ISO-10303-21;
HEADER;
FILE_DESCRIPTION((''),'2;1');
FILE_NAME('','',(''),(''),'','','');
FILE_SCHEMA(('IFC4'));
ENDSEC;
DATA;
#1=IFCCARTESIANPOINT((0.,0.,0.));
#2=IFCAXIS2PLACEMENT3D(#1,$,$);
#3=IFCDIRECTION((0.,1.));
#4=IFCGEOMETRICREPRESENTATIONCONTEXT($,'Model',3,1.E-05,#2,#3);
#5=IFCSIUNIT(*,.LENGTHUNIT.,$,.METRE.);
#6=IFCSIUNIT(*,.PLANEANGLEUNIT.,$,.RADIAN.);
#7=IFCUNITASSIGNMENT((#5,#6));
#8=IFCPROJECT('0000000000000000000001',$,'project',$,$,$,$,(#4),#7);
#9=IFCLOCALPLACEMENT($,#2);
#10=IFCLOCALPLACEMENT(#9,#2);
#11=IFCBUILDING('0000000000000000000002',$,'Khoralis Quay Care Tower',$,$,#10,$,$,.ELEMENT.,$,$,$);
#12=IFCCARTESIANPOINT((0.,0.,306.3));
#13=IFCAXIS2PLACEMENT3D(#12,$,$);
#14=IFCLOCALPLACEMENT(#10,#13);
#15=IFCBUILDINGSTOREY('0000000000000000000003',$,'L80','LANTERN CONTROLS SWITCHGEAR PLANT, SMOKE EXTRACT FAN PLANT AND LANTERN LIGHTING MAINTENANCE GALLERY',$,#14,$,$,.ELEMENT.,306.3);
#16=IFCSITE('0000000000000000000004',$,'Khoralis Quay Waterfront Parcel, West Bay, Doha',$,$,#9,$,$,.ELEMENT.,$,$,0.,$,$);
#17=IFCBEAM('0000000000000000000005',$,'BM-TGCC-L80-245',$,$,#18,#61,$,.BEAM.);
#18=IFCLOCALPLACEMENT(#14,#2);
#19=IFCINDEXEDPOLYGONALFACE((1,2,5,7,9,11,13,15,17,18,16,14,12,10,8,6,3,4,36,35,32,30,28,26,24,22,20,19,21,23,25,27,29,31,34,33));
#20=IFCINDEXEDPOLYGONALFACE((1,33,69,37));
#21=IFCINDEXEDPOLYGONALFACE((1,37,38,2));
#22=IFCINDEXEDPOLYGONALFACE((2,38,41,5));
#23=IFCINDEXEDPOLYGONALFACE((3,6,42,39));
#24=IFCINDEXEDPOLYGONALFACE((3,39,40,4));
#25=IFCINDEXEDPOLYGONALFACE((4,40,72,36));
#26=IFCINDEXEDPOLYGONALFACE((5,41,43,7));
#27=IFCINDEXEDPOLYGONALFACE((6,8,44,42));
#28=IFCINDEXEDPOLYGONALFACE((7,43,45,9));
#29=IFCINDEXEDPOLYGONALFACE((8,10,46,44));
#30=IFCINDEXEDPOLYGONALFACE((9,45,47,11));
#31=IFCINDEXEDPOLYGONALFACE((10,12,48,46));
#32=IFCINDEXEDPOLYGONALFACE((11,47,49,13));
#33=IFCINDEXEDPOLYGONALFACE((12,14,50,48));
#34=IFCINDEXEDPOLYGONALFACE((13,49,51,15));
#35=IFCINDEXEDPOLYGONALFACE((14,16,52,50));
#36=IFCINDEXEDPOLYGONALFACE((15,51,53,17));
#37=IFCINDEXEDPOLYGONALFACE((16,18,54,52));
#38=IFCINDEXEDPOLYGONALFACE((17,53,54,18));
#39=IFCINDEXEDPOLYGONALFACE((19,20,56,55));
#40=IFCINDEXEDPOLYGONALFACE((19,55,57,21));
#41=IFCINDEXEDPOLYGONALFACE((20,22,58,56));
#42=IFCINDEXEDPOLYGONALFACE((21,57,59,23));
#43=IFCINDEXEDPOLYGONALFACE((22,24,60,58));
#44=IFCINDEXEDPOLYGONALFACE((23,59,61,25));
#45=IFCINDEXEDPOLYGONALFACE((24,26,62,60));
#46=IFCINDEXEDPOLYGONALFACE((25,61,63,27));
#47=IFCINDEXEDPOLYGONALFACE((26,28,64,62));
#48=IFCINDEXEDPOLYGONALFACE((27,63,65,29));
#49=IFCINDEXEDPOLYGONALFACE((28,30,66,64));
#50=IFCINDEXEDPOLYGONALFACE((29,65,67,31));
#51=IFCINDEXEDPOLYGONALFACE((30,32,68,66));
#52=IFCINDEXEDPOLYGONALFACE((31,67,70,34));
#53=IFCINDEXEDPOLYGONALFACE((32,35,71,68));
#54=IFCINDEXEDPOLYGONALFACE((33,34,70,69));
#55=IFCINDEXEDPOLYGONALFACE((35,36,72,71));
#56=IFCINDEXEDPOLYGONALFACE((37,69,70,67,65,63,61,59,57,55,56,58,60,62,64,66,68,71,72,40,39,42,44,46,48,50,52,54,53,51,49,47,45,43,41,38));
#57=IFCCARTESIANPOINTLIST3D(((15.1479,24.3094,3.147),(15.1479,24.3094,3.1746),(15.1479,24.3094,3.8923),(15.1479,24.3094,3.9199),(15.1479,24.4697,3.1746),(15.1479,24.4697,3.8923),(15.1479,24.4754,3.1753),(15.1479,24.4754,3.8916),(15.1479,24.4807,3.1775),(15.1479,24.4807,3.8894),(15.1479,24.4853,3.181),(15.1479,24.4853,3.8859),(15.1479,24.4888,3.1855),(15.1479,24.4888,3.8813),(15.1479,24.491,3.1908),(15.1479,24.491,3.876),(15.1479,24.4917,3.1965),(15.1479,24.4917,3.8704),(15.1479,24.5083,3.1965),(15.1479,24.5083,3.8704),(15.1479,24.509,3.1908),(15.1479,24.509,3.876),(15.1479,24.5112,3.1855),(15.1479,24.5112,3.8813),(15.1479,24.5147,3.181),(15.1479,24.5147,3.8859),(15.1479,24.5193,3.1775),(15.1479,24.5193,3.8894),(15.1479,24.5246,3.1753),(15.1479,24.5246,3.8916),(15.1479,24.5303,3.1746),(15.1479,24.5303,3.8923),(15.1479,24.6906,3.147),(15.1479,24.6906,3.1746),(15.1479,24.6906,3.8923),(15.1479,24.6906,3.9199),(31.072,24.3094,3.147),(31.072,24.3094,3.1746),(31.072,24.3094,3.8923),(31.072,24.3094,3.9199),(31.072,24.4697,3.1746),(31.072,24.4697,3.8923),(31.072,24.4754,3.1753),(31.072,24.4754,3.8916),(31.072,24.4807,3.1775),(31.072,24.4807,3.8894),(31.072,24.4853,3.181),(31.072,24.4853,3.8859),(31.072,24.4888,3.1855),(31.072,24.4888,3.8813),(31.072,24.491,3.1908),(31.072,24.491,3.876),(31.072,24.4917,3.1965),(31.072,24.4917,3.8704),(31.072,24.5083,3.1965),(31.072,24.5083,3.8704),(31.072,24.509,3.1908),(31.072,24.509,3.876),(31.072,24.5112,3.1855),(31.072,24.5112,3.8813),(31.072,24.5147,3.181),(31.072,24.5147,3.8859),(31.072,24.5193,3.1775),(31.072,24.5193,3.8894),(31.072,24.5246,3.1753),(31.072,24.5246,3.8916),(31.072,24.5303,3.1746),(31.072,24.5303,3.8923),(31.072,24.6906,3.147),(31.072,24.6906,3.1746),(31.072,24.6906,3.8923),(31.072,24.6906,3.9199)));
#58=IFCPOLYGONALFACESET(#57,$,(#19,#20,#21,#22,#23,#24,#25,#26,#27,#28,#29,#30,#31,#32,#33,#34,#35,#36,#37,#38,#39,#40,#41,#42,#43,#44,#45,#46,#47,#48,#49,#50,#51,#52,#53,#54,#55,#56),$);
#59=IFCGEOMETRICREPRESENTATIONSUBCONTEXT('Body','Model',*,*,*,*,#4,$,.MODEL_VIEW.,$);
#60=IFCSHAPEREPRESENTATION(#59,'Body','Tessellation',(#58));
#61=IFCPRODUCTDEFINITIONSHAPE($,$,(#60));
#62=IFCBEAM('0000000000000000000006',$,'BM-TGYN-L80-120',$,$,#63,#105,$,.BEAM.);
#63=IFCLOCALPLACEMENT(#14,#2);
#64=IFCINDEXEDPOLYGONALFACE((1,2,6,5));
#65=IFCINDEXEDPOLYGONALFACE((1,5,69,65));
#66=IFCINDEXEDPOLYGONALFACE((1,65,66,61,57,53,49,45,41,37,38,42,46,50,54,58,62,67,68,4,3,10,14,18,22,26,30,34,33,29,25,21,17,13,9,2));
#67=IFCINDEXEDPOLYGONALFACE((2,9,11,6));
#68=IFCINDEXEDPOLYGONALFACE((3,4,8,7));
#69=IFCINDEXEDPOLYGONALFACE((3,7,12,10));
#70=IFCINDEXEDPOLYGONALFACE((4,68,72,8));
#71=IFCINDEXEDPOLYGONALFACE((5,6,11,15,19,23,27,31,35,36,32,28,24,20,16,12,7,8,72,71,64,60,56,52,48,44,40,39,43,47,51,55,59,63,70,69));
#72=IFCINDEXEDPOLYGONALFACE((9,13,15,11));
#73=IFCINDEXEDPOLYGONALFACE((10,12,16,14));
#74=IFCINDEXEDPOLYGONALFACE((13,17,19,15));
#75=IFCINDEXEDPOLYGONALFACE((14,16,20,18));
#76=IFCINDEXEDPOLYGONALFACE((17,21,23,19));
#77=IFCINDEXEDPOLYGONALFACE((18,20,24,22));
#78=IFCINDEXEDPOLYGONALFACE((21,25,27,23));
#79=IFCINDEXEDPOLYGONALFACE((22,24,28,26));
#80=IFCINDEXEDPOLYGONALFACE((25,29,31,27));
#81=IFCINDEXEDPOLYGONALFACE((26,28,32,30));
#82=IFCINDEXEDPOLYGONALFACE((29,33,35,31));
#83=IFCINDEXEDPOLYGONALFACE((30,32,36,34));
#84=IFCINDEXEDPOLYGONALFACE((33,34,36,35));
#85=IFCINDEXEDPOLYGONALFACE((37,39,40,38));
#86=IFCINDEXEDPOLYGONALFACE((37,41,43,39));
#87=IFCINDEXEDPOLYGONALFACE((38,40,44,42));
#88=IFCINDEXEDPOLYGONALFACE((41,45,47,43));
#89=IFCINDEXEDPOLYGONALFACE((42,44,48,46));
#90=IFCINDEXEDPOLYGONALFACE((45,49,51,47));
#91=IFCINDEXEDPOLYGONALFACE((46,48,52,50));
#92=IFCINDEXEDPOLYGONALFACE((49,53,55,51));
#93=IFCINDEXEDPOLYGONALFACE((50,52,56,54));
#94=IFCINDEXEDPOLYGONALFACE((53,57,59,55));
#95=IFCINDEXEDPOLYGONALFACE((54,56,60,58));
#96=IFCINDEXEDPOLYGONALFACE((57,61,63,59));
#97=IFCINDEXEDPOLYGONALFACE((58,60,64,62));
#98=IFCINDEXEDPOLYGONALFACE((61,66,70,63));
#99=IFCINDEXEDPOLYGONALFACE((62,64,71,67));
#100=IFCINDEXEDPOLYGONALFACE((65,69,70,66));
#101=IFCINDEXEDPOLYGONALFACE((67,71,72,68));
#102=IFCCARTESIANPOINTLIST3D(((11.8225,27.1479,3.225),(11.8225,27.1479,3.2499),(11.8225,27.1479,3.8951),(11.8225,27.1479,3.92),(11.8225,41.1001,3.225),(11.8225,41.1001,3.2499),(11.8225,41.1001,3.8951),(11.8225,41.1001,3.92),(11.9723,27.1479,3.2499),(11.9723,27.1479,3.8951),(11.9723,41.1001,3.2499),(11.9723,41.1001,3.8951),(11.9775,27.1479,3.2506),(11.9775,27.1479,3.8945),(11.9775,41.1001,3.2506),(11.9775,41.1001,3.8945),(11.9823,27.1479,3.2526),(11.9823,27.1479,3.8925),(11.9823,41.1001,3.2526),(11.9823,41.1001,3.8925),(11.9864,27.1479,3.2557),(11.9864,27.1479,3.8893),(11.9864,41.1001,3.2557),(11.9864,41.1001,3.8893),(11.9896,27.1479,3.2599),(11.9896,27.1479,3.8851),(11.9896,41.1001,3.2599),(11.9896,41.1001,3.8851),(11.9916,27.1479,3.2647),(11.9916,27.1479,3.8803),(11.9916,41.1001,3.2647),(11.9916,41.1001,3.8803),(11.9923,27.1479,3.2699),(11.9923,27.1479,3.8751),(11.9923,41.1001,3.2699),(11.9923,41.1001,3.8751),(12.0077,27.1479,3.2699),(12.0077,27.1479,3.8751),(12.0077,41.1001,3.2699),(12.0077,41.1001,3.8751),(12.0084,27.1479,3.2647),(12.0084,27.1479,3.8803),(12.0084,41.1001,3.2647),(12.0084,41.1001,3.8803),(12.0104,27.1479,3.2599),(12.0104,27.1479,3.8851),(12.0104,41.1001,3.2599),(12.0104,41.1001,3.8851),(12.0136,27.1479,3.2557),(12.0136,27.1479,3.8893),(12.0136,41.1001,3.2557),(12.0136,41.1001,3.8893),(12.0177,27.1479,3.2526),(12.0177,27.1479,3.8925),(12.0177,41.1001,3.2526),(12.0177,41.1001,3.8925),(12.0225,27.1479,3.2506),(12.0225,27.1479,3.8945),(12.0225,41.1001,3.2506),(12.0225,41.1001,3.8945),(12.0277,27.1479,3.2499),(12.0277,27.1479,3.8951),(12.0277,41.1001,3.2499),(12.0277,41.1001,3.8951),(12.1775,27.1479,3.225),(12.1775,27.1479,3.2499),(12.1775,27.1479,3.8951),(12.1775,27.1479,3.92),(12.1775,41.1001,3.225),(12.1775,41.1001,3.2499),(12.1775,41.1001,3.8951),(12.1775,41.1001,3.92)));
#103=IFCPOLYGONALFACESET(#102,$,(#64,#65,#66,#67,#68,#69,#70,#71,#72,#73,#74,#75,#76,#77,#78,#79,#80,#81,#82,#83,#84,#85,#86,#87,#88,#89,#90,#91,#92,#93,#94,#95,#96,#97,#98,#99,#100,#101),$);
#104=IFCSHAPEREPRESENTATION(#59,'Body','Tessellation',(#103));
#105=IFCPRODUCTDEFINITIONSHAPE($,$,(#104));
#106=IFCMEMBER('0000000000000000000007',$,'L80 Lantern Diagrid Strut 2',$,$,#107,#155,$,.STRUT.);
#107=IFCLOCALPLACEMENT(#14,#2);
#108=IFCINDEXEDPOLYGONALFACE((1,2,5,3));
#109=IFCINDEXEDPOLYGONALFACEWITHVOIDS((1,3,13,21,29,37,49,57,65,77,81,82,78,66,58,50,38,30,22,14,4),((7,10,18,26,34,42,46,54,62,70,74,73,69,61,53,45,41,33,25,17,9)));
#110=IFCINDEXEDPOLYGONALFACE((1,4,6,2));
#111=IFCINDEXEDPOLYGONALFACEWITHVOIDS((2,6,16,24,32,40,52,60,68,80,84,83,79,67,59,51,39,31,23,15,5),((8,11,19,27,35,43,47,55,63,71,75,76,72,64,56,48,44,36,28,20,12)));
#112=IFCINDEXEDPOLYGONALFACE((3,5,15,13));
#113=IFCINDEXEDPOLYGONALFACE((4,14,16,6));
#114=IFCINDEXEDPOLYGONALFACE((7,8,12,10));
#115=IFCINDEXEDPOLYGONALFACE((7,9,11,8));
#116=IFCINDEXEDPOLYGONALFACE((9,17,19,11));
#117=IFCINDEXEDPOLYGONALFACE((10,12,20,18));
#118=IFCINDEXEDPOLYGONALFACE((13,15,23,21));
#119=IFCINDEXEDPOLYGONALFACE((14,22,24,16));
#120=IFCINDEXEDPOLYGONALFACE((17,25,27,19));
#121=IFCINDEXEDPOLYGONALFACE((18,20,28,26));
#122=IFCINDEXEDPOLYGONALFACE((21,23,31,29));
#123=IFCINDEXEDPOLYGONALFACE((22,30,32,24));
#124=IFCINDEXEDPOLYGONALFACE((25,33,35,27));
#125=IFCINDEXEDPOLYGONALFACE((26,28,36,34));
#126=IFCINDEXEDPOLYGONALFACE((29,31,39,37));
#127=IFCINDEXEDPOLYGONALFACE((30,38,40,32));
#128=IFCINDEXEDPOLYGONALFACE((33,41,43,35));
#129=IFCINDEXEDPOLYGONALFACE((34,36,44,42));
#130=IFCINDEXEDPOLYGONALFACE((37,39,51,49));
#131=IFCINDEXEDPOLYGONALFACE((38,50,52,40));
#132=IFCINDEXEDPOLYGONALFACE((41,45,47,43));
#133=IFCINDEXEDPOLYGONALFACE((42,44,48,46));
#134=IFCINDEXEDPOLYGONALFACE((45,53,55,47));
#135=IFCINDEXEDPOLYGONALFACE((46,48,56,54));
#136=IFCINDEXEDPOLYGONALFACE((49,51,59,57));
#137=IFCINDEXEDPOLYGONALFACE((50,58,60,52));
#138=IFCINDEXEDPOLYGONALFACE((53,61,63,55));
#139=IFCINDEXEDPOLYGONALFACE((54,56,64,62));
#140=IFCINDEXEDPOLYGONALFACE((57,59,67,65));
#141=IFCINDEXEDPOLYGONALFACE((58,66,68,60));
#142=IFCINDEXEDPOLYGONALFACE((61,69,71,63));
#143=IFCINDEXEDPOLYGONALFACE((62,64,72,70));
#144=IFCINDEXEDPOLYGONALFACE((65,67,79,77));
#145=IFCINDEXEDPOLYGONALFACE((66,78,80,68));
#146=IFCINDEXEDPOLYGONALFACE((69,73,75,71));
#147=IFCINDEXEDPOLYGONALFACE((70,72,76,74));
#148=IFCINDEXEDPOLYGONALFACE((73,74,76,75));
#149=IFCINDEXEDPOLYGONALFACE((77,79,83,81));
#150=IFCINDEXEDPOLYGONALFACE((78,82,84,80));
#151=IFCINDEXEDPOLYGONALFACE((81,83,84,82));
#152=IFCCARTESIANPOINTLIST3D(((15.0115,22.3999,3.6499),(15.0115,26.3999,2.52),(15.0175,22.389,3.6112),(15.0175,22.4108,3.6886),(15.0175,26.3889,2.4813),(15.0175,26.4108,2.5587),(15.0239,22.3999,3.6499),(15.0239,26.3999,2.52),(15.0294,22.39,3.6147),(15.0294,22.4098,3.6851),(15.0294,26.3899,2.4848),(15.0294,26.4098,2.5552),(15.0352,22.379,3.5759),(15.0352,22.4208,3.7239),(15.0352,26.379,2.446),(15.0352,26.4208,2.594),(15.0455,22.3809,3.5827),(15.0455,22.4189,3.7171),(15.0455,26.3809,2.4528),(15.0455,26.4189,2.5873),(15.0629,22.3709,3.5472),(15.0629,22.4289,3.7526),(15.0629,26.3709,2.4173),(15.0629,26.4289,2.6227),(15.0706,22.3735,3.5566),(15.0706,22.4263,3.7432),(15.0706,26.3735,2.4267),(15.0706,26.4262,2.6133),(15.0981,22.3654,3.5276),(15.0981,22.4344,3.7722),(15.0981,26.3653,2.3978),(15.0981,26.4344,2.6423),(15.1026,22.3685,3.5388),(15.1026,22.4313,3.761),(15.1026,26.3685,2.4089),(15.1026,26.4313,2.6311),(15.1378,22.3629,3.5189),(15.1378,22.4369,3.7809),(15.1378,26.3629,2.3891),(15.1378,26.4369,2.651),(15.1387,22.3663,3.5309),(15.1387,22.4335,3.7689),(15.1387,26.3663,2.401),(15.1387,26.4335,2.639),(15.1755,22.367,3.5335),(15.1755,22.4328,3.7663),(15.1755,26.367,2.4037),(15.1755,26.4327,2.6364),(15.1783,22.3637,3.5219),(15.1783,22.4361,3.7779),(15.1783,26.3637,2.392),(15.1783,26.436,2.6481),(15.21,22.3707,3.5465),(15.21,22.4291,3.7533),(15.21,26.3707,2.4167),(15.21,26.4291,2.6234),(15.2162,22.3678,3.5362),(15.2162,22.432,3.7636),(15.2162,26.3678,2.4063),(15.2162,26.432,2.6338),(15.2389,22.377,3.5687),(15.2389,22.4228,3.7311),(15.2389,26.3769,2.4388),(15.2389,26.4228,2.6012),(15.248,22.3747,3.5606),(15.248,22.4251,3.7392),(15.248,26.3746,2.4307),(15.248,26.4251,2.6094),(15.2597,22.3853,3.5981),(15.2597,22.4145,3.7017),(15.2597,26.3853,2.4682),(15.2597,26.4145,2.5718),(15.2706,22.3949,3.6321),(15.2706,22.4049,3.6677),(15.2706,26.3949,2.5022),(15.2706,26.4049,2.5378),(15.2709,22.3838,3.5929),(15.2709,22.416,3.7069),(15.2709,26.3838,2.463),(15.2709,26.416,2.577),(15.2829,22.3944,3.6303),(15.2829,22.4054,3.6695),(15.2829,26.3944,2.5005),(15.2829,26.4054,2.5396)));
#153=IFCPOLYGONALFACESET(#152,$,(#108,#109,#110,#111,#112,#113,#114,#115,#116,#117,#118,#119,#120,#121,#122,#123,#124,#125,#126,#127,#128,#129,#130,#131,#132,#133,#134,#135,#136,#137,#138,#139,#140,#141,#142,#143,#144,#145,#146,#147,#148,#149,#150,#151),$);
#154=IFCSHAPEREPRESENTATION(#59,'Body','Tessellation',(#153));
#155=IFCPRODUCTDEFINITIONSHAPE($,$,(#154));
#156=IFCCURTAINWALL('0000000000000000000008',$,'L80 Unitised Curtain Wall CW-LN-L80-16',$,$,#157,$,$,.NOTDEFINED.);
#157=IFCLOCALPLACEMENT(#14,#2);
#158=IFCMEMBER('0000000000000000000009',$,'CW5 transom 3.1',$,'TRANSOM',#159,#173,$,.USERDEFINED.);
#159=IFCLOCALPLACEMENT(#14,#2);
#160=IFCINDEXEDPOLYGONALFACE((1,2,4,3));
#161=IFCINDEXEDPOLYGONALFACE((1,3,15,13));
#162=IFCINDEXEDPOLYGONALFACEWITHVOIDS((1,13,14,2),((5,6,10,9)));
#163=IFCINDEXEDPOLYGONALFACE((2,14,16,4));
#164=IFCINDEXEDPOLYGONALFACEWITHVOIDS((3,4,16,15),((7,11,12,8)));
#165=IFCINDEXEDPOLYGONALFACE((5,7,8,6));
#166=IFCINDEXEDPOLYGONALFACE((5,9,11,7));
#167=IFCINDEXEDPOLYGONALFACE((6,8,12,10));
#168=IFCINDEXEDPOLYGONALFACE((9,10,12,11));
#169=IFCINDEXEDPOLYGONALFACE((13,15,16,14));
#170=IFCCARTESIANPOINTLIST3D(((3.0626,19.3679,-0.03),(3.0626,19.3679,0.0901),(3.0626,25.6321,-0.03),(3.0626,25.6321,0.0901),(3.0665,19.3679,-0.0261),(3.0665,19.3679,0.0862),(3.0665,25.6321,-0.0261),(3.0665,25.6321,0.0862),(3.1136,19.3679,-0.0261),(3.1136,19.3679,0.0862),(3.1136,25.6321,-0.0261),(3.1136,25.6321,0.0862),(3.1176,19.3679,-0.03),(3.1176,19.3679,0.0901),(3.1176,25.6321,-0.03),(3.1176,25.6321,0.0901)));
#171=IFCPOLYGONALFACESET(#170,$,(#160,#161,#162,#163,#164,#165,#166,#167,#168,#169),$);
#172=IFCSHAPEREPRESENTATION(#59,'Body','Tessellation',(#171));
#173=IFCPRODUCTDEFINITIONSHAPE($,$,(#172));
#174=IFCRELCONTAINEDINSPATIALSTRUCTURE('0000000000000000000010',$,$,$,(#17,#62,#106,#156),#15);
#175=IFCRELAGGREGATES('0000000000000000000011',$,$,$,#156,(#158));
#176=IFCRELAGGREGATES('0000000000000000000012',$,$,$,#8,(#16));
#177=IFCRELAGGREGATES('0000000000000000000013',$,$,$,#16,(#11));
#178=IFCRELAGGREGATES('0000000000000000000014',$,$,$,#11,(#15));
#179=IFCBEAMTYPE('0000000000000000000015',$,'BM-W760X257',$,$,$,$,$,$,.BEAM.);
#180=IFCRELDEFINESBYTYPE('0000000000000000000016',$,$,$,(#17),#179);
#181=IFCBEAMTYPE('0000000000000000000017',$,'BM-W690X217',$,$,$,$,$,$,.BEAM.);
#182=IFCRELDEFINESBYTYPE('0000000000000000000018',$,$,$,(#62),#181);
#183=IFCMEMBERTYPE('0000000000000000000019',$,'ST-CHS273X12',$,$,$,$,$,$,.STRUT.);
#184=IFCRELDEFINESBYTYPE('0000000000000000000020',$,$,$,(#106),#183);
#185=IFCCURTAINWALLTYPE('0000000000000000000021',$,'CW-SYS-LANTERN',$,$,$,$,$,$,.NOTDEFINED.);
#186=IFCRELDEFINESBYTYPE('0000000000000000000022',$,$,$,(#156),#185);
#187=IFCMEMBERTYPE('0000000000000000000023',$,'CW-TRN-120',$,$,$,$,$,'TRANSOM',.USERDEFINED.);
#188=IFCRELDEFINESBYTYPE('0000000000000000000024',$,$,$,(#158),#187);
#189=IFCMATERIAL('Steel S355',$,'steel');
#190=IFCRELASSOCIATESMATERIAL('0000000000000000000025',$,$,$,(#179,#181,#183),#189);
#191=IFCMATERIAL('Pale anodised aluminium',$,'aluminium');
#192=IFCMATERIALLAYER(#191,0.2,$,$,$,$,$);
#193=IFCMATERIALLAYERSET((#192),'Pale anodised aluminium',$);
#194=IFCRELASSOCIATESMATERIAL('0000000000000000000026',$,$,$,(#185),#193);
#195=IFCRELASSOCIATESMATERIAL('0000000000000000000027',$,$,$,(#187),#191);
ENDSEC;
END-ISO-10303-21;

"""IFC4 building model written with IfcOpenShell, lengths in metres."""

from ifc_helpers import new_model, si_unit, direction, frame, origin, origin_2d, place, context, subcontext, project, spatial, hollow_rectangle, hollow_circle, i_section, extrude, source, transform, mapped, material, layer, layer_set, material_profile, profile_set, type_object, element, aggregate, save


model = new_model("IFC4")

# Units and contexts
model_context = context("Model", 3, precision=1e-05, world=origin(), true_north=direction((0.0, 1.0)))
body_context = subcontext(model_context, "Body", "Model", "MODEL_VIEW")
ifc_project = project(units=[si_unit("LENGTHUNIT", "METRE"), si_unit("PLANEANGLEUNIT", "RADIAN")], contexts=[model_context])

# Site, building, storey
site_placement = place(None, origin())
site = spatial("IfcSite", under=ifc_project, at=site_placement, Name="Khoralis Quay Waterfront Parcel, West Bay, Doha", CompositionType="ELEMENT", RefElevation=0.0)
building_placement = place(site_placement, origin())
building = spatial("IfcBuilding", under=site, at=building_placement, Name="Khoralis Quay Care Tower", CompositionType="ELEMENT")
storey_placement = place(building_placement, frame((0.0, 0.0, 306.3)))
storey = spatial("IfcBuildingStorey", under=building, at=storey_placement, Name="L80", Description="LANTERN CONTROLS SWITCHGEAR PLANT, SMOKE EXTRACT FAN PLANT AND LANTERN LIGHTING MAINTENANCE GALLERY", CompositionType="ELEMENT", Elevation=306.3)

# Shared definitions
ifc_material_1 = material(Name="Steel S355", Category="steel")

# Beams
ifc_material_profile_1 = material_profile(ifc_material_1, i_section(OverallWidth=0.3811, OverallDepth=0.7729, WebThickness=0.0166, FlangeThickness=0.0276, FilletRadius=0.022, at=origin_2d()), Name="Steel S355")
ifc_profile_set_1 = profile_set([ifc_material_profile_1], Name="Steel S355")
beam_type_1 = type_object("IfcBeamType", Name="BM-W760X257", PredefinedType="BEAM", material=ifc_profile_set_1)
shared_shape_1 = source(origin(), body_context, "Body", "SweptSolid", [
    extrude(i_section(OverallWidth=0.3811, OverallDepth=0.7729, WebThickness=0.0166, FlangeThickness=0.0276, FilletRadius=0.022, at=origin_2d()), origin(), (0.0, 0.0, 1.0), 15.9241),
])
beam_1_placement = place(storey_placement, frame((15.1479, 24.5, 3.5334), z_axis=(1.0, 0.0, 0.0), x_axis=(0.0, 1.0, 0.0)))
element("IfcBeam", 1, at=beam_1_placement, inside=storey, type_object=beam_type_1, Name="BM-TGCC-L80-245", PredefinedType="BEAM", context=body_context, shape_type="MappedRepresentation", body=[
    mapped(shared_shape_1, transform((0.0, 0.0, 0.0), scale=1.0)),
])
ifc_material_profile_2 = material_profile(ifc_material_1, i_section(OverallWidth=0.355, OverallDepth=0.6951, WebThickness=0.0154, FlangeThickness=0.0249, FilletRadius=0.02, at=origin_2d()), Name="Steel S355")
ifc_profile_set_2 = profile_set([ifc_material_profile_2], Name="Steel S355")
beam_type_2 = type_object("IfcBeamType", Name="BM-W690X217", PredefinedType="BEAM", material=ifc_profile_set_2)
shared_shape_2 = source(origin(), body_context, "Body", "SweptSolid", [
    extrude(i_section(OverallWidth=0.355, OverallDepth=0.6951, WebThickness=0.0154, FlangeThickness=0.0249, FilletRadius=0.02, at=origin_2d()), origin(), (0.0, 0.0, 1.0), 13.9521),
])
beam_2_placement = place(storey_placement, frame((12.0, 27.1479, 3.5725), z_axis=(0.0, 1.0, 0.0), x_axis=(-1.0, 0.0, 0.0)))
element("IfcBeam", 2, at=beam_2_placement, inside=storey, type_object=beam_type_2, Name="BM-TGYN-L80-120", PredefinedType="BEAM", context=body_context, shape_type="MappedRepresentation", body=[
    mapped(shared_shape_2, transform((0.0, 0.0, 0.0), scale=1.0)),
])

# Member
ifc_material_profile_3 = material_profile(ifc_material_1, hollow_circle(Radius=0.1365, WallThickness=0.0125, at=origin_2d()), Name="Steel S355")
ifc_profile_set_3 = profile_set([ifc_material_profile_3], Name="Steel S355")
member_type_1 = type_object("IfcMemberType", Name="ST-CHS273X12", PredefinedType="STRUT", material=ifc_profile_set_3)
shared_shape_3 = source(origin(), body_context, "Body", "SweptSolid", [
    extrude(hollow_circle(Radius=0.1365, WallThickness=0.0125, at=origin_2d()), origin(), (0.0, 0.0, 1.0), 4.1565),
])
member_1_placement = place(storey_placement, frame((15.1479, 22.3999, 3.6499), z_axis=(0.0, 0.962344, -0.271834), x_axis=(-1.0, 0.0, 0.0)))
element("IfcMember", 3, at=member_1_placement, inside=storey, type_object=member_type_1, Name="L80 Lantern Diagrid Strut 2", PredefinedType="STRUT", context=body_context, shape_type="MappedRepresentation", body=[
    mapped(shared_shape_3, transform((0.0, 0.0, 0.0), scale=1.0)),
])

# Curtain wall, member
ifc_material_2 = material(Name="Pale anodised aluminium", Category="aluminium")
ifc_layer_1 = layer(ifc_material_2, 0.2)
ifc_layer_set_1 = layer_set([ifc_layer_1], Name="Pale anodised aluminium")
curtain_wall_type = type_object("IfcCurtainWallType", Name="CW-SYS-LANTERN", PredefinedType="NOTDEFINED", material=ifc_layer_set_1)
curtain_wall_placement = place(storey_placement, origin())
curtain_wall = element("IfcCurtainWall", 4, at=curtain_wall_placement, inside=storey, type_object=curtain_wall_type, Name="L80 Unitised Curtain Wall CW-LN-L80-16", PredefinedType="NOTDEFINED")
ifc_material_profile_4 = material_profile(ifc_material_2, hollow_rectangle(XDim=0.0549, YDim=0.1201, WallThickness=0.0039, at=origin_2d()), Name="Pale anodised aluminium")
ifc_profile_set_4 = profile_set([ifc_material_profile_4], Name="Pale anodised aluminium")
member_type_2 = type_object("IfcMemberType", Name="CW-TRN-120", ElementType="TRANSOM", PredefinedType="USERDEFINED", material=ifc_profile_set_4)
shared_shape_4 = source(origin(), body_context, "Body", "SweptSolid", [
    extrude(hollow_rectangle(XDim=0.0549, YDim=0.1201, WallThickness=0.0039, at=origin_2d()), origin(), (0.0, 0.0, 1.0), 6.2642),
])
member_2_placement = place(storey_placement, frame((3.0901, 25.6321, 0.03), z_axis=(0.0, -1.0, 0.0), x_axis=(1.0, 0.0, 0.0)))
member_2 = element("IfcMember", 5, at=member_2_placement, type_object=member_type_2, Name="CW5 transom 3.1", ObjectType="TRANSOM", PredefinedType="USERDEFINED", context=body_context, shape_type="MappedRepresentation", body=[
    mapped(shared_shape_4, transform((0.0, 0.0, 0.0), scale=1.0)),
])

aggregate(curtain_wall, [member_2])

save(model, "model.ifc")
